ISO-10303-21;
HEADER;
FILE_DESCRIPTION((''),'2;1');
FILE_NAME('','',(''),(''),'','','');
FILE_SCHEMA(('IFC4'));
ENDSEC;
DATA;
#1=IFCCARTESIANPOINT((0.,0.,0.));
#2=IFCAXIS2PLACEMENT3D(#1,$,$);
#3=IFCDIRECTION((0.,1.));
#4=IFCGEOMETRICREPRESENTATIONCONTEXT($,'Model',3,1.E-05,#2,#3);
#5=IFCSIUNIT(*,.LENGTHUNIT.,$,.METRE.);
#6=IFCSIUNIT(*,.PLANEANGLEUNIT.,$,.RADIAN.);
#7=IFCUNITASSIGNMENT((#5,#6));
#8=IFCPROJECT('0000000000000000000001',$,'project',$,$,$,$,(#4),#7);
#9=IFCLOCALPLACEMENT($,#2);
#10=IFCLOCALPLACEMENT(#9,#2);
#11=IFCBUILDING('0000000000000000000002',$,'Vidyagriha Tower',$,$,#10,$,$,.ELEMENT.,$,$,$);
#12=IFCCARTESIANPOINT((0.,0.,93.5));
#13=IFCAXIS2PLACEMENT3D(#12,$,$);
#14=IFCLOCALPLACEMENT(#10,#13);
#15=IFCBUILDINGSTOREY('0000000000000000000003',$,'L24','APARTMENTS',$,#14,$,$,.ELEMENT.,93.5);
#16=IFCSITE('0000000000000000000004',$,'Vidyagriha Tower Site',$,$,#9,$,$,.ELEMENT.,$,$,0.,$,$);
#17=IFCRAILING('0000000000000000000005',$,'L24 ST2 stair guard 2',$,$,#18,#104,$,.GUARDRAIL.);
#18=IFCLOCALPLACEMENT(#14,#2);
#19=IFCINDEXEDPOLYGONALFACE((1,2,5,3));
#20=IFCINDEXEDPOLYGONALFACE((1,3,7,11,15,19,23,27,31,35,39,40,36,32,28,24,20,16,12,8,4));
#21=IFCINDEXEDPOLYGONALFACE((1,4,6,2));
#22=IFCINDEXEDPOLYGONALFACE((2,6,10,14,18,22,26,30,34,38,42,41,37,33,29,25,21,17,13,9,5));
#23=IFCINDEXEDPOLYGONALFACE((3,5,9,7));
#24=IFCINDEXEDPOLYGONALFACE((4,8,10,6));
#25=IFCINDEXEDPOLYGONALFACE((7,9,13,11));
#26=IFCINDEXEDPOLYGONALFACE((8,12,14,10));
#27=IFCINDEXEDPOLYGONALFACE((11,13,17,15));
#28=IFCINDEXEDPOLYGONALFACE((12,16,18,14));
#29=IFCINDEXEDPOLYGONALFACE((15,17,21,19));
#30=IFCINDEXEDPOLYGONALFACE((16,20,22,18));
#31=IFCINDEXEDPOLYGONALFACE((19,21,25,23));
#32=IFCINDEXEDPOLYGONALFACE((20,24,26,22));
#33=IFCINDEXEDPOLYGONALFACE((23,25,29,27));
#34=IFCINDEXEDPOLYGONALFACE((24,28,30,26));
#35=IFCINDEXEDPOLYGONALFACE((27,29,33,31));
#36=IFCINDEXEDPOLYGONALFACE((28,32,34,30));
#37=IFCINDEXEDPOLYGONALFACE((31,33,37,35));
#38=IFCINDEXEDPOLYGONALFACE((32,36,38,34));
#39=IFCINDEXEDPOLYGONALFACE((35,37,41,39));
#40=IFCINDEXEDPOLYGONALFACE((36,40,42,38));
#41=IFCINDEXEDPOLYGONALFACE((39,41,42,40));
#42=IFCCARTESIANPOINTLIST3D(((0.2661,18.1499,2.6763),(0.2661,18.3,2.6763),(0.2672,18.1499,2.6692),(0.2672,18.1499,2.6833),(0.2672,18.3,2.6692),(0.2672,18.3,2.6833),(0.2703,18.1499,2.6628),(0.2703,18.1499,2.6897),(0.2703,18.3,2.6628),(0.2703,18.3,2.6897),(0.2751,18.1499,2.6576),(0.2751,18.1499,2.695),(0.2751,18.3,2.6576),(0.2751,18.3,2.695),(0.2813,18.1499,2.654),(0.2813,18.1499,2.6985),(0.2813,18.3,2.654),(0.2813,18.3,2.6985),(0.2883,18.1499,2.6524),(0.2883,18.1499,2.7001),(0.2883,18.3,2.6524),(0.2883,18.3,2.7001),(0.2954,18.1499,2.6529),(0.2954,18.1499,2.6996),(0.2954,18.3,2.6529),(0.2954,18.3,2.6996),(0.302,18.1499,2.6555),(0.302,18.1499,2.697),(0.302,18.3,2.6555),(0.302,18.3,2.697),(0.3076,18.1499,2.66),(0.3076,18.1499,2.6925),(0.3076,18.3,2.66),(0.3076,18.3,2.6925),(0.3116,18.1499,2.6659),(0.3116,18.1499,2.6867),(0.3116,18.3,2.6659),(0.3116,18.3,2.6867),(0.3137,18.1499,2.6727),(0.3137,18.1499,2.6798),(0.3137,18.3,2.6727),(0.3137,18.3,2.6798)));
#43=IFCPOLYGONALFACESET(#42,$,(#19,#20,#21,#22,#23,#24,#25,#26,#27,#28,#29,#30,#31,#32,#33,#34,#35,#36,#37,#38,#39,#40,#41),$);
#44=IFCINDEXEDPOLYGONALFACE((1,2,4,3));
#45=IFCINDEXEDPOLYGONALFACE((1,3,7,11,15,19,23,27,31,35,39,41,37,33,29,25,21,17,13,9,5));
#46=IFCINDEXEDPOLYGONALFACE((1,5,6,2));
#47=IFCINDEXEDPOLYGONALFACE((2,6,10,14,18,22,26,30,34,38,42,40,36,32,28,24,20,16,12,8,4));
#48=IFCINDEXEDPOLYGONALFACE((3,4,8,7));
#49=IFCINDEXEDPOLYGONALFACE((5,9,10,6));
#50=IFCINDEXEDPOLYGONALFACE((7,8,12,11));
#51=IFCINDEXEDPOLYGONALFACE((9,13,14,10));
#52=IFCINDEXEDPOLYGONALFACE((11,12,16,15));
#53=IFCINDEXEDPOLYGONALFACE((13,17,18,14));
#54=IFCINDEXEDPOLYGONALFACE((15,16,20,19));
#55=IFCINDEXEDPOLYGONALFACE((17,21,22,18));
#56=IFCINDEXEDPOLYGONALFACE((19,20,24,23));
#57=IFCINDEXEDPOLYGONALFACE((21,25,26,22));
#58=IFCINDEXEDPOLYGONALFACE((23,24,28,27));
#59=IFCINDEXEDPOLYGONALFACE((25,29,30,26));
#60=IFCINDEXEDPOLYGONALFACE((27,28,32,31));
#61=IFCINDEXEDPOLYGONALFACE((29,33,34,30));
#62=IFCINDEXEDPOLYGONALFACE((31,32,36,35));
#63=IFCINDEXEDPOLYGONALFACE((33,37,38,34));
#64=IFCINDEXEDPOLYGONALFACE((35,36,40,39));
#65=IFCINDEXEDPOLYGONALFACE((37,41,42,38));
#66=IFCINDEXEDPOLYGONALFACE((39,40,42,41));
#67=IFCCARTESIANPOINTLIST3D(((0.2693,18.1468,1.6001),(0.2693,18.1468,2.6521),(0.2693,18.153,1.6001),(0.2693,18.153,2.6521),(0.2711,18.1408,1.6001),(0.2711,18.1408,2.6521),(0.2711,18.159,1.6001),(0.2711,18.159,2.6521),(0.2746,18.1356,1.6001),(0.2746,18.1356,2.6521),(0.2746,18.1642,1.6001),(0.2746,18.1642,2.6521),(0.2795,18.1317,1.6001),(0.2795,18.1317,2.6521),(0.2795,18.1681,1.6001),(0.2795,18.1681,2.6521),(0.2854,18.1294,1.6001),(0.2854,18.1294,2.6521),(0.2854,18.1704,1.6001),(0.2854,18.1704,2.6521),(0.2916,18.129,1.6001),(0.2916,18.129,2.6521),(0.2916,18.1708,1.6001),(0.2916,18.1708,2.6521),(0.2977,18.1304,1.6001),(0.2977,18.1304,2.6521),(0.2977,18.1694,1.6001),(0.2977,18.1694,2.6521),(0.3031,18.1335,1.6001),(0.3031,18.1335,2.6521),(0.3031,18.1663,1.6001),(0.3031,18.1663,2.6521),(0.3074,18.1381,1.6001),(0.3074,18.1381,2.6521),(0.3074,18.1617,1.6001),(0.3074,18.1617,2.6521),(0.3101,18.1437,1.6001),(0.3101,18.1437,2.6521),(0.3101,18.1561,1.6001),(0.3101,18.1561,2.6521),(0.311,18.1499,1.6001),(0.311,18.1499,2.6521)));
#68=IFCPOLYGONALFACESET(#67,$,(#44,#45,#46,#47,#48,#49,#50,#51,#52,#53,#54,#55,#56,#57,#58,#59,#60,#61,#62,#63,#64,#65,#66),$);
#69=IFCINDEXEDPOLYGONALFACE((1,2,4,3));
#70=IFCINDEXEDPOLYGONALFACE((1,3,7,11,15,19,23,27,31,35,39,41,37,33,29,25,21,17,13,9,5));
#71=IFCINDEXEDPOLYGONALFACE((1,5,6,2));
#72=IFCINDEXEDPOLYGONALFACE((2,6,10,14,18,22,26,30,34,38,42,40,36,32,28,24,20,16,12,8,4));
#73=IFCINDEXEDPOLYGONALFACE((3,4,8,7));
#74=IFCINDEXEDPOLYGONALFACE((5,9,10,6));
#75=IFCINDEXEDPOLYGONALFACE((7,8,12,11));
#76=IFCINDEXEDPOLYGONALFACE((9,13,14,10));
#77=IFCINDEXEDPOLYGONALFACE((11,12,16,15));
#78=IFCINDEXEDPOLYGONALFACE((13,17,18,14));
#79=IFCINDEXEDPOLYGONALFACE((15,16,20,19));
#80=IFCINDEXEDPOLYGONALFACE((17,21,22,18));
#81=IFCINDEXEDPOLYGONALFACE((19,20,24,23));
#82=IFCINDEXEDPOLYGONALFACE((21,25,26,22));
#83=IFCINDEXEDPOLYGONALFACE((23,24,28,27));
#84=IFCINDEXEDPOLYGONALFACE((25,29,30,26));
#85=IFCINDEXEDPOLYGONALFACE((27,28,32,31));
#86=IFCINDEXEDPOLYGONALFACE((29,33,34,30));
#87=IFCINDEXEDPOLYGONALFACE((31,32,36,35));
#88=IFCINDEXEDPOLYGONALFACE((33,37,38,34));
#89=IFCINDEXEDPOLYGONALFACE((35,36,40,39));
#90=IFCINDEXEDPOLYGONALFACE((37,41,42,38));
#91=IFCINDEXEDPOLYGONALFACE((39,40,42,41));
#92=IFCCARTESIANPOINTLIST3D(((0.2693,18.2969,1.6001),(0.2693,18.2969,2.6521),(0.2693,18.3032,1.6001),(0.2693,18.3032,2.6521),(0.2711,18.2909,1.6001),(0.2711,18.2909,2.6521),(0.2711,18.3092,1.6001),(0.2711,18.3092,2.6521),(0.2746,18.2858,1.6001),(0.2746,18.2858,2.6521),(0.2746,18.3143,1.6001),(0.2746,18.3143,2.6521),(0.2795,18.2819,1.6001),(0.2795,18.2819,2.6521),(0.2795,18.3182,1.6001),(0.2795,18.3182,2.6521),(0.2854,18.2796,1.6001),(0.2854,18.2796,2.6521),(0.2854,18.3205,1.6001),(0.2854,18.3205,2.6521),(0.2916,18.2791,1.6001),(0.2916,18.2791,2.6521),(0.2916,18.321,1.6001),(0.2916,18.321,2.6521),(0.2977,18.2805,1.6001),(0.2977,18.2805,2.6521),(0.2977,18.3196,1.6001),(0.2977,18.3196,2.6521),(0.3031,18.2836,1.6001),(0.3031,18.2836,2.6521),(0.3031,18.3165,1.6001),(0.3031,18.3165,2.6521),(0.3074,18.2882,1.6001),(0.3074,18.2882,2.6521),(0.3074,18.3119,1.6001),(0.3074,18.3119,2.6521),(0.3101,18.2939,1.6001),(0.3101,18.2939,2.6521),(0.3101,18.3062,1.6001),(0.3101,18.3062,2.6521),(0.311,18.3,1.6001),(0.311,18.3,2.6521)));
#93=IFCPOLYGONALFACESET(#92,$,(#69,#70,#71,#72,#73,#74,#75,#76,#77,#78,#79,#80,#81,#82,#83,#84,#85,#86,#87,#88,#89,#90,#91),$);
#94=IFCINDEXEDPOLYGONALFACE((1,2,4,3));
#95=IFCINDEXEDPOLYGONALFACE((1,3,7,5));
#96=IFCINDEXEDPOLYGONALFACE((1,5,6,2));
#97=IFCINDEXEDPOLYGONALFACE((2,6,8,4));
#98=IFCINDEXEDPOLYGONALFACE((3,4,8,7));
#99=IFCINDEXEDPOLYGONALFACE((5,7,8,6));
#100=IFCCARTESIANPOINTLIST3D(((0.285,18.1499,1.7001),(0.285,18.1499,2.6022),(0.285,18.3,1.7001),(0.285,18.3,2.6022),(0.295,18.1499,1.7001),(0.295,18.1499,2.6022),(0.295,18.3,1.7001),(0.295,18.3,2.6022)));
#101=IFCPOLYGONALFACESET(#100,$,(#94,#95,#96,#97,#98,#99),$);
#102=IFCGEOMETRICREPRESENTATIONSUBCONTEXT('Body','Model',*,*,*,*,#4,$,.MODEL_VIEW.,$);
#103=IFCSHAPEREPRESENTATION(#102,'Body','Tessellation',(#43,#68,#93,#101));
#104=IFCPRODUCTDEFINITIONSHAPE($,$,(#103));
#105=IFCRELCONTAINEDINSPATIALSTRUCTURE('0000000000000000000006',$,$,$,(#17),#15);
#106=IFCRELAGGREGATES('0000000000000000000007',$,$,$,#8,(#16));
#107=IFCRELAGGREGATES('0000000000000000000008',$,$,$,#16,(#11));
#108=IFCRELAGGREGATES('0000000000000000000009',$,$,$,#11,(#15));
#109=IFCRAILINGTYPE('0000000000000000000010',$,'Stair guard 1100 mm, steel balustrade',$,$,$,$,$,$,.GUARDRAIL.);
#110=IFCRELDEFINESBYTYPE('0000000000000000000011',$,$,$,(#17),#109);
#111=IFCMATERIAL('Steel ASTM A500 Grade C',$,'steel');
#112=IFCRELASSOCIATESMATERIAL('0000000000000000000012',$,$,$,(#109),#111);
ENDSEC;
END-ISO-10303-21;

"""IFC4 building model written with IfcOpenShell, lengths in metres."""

from ifc_helpers import new_model, si_unit, direction, frame, origin, origin_2d, place, context, subcontext, project, spatial, rectangle, circle, extrude, material, type_object, element, save


model = new_model("IFC4")

# Units and contexts
model_context = context("Model", 3, precision=1e-05, world=origin(), true_north=direction((0.0, 1.0)))
body_context = subcontext(model_context, "Body", "Model", "MODEL_VIEW")
ifc_project = project(units=[si_unit("LENGTHUNIT", "METRE"), si_unit("PLANEANGLEUNIT", "RADIAN")], contexts=[model_context])

# Site, building, storey
site_placement = place(None, origin())
site = spatial("IfcSite", under=ifc_project, at=site_placement, Name="Vidyagriha Tower Site", CompositionType="ELEMENT", RefElevation=0.0)
building_placement = place(site_placement, origin())
building = spatial("IfcBuilding", under=site, at=building_placement, Name="Vidyagriha Tower", CompositionType="ELEMENT")
storey_placement = place(building_placement, frame((0.0, 0.0, 93.5)))
storey = spatial("IfcBuildingStorey", under=building, at=storey_placement, Name="L24", Description="APARTMENTS", CompositionType="ELEMENT", Elevation=93.5)

# Railing
ifc_material_1 = material(Name="Steel ASTM A500 Grade C", Category="steel")
railing_type_1 = type_object("IfcRailingType", Name="Stair guard 1100 mm, steel balustrade", PredefinedType="GUARDRAIL", material=ifc_material_1)
railing_1_placement = place(storey_placement, frame((0.29, 18.1499, 1.6001)))
element("IfcRailing", 1, at=railing_1_placement, inside=storey, type_object=railing_type_1, Name="L24 ST2 stair guard 2", PredefinedType="GUARDRAIL", context=body_context, shape_type="SweptSolid", body=[
    extrude(circle(Radius=0.0239, at=origin_2d()), frame((0.0, 0.0, 1.0762), z_axis=(0.0, 1.0, 0.0), x_axis=(-1.0, 0.0, 0.0)), (0.0, 0.0, 1.0), 0.1501),
    extrude(circle(Radius=0.021, at=origin_2d()), origin(), (0.0, 0.0, 1.0), 1.052),
    extrude(circle(Radius=0.021, at=origin_2d()), frame((0.0, 0.1501, 0.0)), (0.0, 0.0, 1.0), 1.052),
    extrude(rectangle(XDim=0.01, YDim=0.9021, at=origin_2d()), frame((0.0, 0.0, 0.551), z_axis=(0.0, 1.0, 0.0), x_axis=(-1.0, 0.0, 0.0)), (0.0, 0.0, 1.0), 0.1501),
])

save(model, "model.ifc")
